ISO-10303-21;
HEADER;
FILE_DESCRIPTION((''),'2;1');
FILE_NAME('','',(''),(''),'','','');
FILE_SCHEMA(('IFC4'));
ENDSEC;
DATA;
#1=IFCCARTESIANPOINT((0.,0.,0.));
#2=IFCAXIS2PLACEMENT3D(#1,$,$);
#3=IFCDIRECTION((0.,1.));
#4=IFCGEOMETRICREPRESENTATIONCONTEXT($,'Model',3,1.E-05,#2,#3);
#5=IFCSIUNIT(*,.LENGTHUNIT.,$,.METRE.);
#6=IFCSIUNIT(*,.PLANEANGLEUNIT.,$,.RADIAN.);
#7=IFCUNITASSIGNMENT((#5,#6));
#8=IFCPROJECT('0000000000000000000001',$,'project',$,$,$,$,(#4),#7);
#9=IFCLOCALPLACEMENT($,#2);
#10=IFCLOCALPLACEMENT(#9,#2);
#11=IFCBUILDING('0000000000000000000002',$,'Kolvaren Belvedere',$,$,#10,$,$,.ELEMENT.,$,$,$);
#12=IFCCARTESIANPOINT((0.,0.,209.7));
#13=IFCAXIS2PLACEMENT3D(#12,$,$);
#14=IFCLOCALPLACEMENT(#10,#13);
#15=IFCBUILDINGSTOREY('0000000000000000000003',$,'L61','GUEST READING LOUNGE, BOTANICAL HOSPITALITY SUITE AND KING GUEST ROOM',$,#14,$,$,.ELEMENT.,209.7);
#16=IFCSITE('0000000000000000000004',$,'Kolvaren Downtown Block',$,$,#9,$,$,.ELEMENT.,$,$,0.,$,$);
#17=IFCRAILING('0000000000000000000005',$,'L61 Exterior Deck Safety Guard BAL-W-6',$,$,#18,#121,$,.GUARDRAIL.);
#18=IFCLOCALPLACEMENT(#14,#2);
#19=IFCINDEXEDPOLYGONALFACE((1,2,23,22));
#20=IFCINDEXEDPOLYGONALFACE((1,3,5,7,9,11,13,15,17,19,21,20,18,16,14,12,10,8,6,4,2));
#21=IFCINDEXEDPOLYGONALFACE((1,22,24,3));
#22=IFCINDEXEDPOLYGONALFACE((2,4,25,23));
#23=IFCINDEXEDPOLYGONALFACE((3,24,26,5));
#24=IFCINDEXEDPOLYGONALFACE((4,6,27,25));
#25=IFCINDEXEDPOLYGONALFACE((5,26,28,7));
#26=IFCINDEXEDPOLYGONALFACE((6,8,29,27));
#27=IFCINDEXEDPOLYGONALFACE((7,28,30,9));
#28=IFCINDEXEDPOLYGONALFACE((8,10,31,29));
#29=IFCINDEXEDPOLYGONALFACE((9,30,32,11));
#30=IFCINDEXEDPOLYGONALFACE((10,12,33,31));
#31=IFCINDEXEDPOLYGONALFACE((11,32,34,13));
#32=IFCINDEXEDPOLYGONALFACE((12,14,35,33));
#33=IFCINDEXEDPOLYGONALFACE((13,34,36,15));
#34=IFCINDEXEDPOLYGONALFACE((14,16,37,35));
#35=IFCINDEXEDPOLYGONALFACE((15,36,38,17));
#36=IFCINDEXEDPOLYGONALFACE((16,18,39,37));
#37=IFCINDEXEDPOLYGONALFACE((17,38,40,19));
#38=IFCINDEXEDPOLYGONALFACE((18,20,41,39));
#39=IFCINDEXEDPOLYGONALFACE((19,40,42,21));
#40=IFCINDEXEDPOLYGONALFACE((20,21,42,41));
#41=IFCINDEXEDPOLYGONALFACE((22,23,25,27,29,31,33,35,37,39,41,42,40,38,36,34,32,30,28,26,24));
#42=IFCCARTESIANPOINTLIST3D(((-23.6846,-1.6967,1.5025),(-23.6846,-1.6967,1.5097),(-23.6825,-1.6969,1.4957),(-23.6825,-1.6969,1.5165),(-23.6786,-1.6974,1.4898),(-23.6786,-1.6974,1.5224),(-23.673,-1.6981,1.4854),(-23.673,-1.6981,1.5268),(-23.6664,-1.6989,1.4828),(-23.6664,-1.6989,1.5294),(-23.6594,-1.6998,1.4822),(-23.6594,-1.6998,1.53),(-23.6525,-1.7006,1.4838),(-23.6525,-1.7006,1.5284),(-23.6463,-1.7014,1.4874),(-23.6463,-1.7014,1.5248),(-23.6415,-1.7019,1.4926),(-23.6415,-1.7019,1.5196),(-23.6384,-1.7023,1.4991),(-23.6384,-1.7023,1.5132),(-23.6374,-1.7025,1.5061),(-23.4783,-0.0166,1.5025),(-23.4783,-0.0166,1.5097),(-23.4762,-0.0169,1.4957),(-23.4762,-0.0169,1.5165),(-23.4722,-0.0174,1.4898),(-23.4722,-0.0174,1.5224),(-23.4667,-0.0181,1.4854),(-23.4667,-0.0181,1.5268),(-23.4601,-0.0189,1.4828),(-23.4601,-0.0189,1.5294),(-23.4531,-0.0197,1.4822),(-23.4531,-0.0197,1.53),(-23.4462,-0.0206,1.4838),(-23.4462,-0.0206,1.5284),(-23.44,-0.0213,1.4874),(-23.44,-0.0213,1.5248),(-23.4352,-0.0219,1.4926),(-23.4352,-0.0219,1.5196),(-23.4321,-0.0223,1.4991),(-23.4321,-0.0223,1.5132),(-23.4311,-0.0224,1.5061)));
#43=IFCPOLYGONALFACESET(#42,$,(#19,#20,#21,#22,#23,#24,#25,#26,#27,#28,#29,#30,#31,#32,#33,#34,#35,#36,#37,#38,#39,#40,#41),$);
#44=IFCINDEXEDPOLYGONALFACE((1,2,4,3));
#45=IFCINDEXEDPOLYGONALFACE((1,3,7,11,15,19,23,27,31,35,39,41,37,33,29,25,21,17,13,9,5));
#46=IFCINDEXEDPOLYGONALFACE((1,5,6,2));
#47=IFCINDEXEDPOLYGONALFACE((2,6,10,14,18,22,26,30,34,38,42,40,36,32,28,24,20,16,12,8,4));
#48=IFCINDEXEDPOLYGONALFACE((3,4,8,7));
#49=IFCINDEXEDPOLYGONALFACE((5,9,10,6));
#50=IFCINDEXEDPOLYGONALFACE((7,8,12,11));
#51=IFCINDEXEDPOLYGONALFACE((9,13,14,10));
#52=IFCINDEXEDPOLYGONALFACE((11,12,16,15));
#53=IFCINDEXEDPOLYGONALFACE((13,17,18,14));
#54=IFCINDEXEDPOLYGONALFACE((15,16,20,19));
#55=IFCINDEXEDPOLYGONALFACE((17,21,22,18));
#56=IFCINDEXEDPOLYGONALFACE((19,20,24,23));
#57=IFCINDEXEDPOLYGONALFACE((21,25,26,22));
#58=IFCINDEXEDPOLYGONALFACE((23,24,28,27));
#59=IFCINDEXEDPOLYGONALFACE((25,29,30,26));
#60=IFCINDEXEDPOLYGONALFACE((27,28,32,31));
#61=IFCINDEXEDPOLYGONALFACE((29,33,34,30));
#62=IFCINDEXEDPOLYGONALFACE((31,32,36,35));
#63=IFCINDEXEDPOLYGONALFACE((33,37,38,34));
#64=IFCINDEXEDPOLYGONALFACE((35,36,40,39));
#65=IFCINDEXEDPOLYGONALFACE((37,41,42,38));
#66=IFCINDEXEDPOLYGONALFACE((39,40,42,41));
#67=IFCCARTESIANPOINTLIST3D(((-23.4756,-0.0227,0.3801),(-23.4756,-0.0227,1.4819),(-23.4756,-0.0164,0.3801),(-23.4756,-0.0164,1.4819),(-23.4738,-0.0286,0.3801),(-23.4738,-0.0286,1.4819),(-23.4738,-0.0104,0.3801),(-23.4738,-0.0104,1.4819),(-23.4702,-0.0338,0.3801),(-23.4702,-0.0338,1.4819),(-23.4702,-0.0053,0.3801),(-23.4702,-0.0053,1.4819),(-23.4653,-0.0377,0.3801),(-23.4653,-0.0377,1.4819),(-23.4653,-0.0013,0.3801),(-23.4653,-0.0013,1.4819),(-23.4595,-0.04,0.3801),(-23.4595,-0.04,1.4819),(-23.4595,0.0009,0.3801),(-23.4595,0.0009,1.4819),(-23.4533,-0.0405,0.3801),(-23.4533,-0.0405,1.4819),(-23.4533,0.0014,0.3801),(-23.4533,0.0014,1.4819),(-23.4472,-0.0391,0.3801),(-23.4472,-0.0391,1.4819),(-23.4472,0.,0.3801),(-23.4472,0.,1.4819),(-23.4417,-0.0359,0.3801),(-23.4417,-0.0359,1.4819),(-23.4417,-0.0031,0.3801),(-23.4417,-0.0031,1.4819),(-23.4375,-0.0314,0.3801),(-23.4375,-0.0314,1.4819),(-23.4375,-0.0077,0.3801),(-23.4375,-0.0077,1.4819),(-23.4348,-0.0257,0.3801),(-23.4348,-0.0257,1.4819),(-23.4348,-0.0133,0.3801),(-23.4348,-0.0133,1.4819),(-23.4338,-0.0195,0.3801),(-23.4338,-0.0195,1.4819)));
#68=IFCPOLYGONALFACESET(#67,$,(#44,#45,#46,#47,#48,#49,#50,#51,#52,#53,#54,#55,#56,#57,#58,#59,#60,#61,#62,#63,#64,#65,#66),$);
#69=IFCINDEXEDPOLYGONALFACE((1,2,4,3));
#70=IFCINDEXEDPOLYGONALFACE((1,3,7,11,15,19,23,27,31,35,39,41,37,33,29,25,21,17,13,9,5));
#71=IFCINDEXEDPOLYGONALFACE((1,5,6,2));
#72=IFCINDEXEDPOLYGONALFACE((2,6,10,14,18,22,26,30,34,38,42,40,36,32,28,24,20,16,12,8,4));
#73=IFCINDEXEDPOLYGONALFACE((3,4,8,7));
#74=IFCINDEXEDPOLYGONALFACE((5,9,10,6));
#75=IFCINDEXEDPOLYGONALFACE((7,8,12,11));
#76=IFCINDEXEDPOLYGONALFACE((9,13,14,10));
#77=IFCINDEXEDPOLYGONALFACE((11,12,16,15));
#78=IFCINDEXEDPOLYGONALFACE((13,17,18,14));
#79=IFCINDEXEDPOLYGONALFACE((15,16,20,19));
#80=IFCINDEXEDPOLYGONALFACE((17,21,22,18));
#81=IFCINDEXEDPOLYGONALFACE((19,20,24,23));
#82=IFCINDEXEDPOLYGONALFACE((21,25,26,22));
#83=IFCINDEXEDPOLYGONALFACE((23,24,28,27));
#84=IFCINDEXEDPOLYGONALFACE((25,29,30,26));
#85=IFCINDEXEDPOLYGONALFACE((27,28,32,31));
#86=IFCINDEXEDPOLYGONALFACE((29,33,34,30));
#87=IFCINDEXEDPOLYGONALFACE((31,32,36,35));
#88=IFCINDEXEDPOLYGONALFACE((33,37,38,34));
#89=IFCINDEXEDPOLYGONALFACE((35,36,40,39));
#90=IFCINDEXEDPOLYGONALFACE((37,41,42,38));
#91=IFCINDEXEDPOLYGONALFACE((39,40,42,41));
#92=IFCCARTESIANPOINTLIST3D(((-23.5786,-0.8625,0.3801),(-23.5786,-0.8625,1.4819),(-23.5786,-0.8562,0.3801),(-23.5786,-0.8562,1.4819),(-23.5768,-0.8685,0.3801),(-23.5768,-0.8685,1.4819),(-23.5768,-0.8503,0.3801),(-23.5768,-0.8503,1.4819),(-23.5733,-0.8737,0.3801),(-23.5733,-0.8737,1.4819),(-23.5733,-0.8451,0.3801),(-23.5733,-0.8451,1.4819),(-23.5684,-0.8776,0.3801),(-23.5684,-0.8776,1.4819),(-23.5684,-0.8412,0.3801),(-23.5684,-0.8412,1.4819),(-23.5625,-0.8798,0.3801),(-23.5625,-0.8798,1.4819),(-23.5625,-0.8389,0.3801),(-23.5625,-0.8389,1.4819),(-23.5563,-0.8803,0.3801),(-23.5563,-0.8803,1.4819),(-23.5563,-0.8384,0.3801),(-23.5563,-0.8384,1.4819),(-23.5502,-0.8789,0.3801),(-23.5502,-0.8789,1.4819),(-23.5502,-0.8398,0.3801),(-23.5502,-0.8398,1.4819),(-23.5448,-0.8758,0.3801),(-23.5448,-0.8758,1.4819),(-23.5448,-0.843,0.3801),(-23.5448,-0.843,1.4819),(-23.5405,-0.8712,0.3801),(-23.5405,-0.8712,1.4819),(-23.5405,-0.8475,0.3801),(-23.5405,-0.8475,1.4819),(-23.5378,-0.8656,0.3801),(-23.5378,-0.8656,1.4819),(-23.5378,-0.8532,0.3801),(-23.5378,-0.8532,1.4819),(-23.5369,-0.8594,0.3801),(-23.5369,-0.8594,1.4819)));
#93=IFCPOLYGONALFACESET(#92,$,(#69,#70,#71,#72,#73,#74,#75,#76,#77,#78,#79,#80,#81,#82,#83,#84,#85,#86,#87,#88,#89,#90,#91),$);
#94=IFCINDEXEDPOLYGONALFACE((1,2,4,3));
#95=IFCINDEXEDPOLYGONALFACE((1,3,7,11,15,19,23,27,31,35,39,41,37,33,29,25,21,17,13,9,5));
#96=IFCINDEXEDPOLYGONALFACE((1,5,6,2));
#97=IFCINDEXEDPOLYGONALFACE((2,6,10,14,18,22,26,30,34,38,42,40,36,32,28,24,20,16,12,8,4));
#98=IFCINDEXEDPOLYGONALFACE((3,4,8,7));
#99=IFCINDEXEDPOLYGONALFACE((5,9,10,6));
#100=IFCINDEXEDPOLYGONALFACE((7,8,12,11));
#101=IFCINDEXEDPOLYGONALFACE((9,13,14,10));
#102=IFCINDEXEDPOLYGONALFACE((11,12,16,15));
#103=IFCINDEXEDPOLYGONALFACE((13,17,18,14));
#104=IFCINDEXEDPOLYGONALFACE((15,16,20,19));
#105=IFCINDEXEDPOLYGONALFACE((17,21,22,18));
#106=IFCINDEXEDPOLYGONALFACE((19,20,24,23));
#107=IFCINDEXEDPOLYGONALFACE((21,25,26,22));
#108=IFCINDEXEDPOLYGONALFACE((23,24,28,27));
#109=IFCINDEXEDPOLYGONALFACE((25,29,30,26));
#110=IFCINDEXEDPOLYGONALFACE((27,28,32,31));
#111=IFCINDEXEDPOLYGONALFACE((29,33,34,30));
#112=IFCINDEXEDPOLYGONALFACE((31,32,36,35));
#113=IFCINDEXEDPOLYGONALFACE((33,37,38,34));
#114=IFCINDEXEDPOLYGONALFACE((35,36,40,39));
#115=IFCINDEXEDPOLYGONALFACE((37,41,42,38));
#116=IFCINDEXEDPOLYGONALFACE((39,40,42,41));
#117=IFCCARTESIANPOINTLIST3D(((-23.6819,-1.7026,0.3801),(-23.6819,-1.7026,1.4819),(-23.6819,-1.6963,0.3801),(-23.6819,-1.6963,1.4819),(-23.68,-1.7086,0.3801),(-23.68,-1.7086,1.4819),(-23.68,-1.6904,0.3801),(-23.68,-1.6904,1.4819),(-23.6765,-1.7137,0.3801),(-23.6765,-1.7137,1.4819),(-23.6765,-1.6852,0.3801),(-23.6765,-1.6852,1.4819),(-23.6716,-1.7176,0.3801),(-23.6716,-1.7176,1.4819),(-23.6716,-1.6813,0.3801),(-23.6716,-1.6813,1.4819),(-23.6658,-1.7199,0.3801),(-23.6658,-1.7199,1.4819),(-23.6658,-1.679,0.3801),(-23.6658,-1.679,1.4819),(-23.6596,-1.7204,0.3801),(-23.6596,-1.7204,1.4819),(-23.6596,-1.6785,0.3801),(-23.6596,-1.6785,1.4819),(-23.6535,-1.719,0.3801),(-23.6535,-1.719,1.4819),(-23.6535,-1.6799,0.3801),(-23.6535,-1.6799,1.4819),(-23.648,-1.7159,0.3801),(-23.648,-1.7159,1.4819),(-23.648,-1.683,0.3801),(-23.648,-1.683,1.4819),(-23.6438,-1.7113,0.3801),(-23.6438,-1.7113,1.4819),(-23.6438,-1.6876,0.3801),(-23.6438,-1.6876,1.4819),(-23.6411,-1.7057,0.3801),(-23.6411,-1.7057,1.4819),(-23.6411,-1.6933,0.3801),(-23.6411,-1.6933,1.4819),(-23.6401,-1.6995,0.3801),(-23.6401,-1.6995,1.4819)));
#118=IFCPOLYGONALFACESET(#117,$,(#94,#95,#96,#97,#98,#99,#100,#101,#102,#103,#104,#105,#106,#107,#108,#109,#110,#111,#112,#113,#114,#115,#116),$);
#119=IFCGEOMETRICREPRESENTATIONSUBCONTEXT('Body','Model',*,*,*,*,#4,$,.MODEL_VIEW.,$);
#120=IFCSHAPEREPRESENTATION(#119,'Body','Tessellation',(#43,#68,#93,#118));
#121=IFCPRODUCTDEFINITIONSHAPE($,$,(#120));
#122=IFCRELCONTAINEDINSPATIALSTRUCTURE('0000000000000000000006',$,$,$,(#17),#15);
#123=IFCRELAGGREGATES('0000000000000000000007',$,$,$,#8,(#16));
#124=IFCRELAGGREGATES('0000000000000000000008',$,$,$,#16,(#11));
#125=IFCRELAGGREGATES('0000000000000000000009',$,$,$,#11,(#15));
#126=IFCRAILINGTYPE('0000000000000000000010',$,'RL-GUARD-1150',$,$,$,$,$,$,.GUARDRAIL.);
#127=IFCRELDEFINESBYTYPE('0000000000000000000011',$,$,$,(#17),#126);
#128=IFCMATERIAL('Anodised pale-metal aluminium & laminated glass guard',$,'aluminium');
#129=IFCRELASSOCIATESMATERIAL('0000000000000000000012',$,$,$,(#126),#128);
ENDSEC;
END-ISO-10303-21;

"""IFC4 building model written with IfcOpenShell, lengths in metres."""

from ifc_helpers import new_model, si_unit, direction, frame, origin, origin_2d, place, context, subcontext, project, spatial, circle, extrude, material, type_object, element, save


model = new_model("IFC4")

# Units and contexts
model_context = context("Model", 3, precision=1e-05, world=origin(), true_north=direction((0.0, 1.0)))
body_context = subcontext(model_context, "Body", "Model", "MODEL_VIEW")
ifc_project = project(units=[si_unit("LENGTHUNIT", "METRE"), si_unit("PLANEANGLEUNIT", "RADIAN")], contexts=[model_context])

# Site, building, storey
site_placement = place(None, origin())
site = spatial("IfcSite", under=ifc_project, at=site_placement, Name="Kolvaren Downtown Block", CompositionType="ELEMENT", RefElevation=0.0)
building_placement = place(site_placement, origin())
building = spatial("IfcBuilding", under=site, at=building_placement, Name="Kolvaren Belvedere", CompositionType="ELEMENT")
storey_placement = place(building_placement, frame((0.0, 0.0, 209.7)))
storey = spatial("IfcBuildingStorey", under=building, at=storey_placement, Name="L61", Description="GUEST READING LOUNGE, BOTANICAL HOSPITALITY SUITE AND KING GUEST ROOM", CompositionType="ELEMENT", Elevation=209.7)

# Railing
ifc_material_1 = material(Name="Anodised pale-metal aluminium & laminated glass guard", Category="aluminium")
railing_type = type_object("IfcRailingType", Name="RL-GUARD-1150", PredefinedType="GUARDRAIL", material=ifc_material_1)
railing_1_placement = place(storey_placement, frame((-23.4548, -0.0195, 0.3801)))
element("IfcRailing", 1, at=railing_1_placement, inside=storey, type_object=railing_type, Name="L61 Exterior Deck Safety Guard BAL-W-6", PredefinedType="GUARDRAIL", context=body_context, shape_type="SweptSolid", body=[
    extrude(circle(Radius=0.0239, at=origin_2d()), frame((0.0, 0.0, 1.126), z_axis=(-0.121886, -0.992544, 0.0), x_axis=(0.992544, -0.121886, 0.0)), (0.0, 0.0, 1.0), 1.6926),
    extrude(circle(Radius=0.021, at=origin_2d()), origin(), (0.0, 0.0, 1.0), 1.1018),
    extrude(circle(Radius=0.021, at=origin_2d()), frame((-0.103, -0.8398, 0.0)), (0.0, 0.0, 1.0), 1.1018),
    extrude(circle(Radius=0.021, at=origin_2d()), frame((-0.2063, -1.6799, 0.0)), (0.0, 0.0, 1.0), 1.1018),
])

save(model, "model.ifc")
